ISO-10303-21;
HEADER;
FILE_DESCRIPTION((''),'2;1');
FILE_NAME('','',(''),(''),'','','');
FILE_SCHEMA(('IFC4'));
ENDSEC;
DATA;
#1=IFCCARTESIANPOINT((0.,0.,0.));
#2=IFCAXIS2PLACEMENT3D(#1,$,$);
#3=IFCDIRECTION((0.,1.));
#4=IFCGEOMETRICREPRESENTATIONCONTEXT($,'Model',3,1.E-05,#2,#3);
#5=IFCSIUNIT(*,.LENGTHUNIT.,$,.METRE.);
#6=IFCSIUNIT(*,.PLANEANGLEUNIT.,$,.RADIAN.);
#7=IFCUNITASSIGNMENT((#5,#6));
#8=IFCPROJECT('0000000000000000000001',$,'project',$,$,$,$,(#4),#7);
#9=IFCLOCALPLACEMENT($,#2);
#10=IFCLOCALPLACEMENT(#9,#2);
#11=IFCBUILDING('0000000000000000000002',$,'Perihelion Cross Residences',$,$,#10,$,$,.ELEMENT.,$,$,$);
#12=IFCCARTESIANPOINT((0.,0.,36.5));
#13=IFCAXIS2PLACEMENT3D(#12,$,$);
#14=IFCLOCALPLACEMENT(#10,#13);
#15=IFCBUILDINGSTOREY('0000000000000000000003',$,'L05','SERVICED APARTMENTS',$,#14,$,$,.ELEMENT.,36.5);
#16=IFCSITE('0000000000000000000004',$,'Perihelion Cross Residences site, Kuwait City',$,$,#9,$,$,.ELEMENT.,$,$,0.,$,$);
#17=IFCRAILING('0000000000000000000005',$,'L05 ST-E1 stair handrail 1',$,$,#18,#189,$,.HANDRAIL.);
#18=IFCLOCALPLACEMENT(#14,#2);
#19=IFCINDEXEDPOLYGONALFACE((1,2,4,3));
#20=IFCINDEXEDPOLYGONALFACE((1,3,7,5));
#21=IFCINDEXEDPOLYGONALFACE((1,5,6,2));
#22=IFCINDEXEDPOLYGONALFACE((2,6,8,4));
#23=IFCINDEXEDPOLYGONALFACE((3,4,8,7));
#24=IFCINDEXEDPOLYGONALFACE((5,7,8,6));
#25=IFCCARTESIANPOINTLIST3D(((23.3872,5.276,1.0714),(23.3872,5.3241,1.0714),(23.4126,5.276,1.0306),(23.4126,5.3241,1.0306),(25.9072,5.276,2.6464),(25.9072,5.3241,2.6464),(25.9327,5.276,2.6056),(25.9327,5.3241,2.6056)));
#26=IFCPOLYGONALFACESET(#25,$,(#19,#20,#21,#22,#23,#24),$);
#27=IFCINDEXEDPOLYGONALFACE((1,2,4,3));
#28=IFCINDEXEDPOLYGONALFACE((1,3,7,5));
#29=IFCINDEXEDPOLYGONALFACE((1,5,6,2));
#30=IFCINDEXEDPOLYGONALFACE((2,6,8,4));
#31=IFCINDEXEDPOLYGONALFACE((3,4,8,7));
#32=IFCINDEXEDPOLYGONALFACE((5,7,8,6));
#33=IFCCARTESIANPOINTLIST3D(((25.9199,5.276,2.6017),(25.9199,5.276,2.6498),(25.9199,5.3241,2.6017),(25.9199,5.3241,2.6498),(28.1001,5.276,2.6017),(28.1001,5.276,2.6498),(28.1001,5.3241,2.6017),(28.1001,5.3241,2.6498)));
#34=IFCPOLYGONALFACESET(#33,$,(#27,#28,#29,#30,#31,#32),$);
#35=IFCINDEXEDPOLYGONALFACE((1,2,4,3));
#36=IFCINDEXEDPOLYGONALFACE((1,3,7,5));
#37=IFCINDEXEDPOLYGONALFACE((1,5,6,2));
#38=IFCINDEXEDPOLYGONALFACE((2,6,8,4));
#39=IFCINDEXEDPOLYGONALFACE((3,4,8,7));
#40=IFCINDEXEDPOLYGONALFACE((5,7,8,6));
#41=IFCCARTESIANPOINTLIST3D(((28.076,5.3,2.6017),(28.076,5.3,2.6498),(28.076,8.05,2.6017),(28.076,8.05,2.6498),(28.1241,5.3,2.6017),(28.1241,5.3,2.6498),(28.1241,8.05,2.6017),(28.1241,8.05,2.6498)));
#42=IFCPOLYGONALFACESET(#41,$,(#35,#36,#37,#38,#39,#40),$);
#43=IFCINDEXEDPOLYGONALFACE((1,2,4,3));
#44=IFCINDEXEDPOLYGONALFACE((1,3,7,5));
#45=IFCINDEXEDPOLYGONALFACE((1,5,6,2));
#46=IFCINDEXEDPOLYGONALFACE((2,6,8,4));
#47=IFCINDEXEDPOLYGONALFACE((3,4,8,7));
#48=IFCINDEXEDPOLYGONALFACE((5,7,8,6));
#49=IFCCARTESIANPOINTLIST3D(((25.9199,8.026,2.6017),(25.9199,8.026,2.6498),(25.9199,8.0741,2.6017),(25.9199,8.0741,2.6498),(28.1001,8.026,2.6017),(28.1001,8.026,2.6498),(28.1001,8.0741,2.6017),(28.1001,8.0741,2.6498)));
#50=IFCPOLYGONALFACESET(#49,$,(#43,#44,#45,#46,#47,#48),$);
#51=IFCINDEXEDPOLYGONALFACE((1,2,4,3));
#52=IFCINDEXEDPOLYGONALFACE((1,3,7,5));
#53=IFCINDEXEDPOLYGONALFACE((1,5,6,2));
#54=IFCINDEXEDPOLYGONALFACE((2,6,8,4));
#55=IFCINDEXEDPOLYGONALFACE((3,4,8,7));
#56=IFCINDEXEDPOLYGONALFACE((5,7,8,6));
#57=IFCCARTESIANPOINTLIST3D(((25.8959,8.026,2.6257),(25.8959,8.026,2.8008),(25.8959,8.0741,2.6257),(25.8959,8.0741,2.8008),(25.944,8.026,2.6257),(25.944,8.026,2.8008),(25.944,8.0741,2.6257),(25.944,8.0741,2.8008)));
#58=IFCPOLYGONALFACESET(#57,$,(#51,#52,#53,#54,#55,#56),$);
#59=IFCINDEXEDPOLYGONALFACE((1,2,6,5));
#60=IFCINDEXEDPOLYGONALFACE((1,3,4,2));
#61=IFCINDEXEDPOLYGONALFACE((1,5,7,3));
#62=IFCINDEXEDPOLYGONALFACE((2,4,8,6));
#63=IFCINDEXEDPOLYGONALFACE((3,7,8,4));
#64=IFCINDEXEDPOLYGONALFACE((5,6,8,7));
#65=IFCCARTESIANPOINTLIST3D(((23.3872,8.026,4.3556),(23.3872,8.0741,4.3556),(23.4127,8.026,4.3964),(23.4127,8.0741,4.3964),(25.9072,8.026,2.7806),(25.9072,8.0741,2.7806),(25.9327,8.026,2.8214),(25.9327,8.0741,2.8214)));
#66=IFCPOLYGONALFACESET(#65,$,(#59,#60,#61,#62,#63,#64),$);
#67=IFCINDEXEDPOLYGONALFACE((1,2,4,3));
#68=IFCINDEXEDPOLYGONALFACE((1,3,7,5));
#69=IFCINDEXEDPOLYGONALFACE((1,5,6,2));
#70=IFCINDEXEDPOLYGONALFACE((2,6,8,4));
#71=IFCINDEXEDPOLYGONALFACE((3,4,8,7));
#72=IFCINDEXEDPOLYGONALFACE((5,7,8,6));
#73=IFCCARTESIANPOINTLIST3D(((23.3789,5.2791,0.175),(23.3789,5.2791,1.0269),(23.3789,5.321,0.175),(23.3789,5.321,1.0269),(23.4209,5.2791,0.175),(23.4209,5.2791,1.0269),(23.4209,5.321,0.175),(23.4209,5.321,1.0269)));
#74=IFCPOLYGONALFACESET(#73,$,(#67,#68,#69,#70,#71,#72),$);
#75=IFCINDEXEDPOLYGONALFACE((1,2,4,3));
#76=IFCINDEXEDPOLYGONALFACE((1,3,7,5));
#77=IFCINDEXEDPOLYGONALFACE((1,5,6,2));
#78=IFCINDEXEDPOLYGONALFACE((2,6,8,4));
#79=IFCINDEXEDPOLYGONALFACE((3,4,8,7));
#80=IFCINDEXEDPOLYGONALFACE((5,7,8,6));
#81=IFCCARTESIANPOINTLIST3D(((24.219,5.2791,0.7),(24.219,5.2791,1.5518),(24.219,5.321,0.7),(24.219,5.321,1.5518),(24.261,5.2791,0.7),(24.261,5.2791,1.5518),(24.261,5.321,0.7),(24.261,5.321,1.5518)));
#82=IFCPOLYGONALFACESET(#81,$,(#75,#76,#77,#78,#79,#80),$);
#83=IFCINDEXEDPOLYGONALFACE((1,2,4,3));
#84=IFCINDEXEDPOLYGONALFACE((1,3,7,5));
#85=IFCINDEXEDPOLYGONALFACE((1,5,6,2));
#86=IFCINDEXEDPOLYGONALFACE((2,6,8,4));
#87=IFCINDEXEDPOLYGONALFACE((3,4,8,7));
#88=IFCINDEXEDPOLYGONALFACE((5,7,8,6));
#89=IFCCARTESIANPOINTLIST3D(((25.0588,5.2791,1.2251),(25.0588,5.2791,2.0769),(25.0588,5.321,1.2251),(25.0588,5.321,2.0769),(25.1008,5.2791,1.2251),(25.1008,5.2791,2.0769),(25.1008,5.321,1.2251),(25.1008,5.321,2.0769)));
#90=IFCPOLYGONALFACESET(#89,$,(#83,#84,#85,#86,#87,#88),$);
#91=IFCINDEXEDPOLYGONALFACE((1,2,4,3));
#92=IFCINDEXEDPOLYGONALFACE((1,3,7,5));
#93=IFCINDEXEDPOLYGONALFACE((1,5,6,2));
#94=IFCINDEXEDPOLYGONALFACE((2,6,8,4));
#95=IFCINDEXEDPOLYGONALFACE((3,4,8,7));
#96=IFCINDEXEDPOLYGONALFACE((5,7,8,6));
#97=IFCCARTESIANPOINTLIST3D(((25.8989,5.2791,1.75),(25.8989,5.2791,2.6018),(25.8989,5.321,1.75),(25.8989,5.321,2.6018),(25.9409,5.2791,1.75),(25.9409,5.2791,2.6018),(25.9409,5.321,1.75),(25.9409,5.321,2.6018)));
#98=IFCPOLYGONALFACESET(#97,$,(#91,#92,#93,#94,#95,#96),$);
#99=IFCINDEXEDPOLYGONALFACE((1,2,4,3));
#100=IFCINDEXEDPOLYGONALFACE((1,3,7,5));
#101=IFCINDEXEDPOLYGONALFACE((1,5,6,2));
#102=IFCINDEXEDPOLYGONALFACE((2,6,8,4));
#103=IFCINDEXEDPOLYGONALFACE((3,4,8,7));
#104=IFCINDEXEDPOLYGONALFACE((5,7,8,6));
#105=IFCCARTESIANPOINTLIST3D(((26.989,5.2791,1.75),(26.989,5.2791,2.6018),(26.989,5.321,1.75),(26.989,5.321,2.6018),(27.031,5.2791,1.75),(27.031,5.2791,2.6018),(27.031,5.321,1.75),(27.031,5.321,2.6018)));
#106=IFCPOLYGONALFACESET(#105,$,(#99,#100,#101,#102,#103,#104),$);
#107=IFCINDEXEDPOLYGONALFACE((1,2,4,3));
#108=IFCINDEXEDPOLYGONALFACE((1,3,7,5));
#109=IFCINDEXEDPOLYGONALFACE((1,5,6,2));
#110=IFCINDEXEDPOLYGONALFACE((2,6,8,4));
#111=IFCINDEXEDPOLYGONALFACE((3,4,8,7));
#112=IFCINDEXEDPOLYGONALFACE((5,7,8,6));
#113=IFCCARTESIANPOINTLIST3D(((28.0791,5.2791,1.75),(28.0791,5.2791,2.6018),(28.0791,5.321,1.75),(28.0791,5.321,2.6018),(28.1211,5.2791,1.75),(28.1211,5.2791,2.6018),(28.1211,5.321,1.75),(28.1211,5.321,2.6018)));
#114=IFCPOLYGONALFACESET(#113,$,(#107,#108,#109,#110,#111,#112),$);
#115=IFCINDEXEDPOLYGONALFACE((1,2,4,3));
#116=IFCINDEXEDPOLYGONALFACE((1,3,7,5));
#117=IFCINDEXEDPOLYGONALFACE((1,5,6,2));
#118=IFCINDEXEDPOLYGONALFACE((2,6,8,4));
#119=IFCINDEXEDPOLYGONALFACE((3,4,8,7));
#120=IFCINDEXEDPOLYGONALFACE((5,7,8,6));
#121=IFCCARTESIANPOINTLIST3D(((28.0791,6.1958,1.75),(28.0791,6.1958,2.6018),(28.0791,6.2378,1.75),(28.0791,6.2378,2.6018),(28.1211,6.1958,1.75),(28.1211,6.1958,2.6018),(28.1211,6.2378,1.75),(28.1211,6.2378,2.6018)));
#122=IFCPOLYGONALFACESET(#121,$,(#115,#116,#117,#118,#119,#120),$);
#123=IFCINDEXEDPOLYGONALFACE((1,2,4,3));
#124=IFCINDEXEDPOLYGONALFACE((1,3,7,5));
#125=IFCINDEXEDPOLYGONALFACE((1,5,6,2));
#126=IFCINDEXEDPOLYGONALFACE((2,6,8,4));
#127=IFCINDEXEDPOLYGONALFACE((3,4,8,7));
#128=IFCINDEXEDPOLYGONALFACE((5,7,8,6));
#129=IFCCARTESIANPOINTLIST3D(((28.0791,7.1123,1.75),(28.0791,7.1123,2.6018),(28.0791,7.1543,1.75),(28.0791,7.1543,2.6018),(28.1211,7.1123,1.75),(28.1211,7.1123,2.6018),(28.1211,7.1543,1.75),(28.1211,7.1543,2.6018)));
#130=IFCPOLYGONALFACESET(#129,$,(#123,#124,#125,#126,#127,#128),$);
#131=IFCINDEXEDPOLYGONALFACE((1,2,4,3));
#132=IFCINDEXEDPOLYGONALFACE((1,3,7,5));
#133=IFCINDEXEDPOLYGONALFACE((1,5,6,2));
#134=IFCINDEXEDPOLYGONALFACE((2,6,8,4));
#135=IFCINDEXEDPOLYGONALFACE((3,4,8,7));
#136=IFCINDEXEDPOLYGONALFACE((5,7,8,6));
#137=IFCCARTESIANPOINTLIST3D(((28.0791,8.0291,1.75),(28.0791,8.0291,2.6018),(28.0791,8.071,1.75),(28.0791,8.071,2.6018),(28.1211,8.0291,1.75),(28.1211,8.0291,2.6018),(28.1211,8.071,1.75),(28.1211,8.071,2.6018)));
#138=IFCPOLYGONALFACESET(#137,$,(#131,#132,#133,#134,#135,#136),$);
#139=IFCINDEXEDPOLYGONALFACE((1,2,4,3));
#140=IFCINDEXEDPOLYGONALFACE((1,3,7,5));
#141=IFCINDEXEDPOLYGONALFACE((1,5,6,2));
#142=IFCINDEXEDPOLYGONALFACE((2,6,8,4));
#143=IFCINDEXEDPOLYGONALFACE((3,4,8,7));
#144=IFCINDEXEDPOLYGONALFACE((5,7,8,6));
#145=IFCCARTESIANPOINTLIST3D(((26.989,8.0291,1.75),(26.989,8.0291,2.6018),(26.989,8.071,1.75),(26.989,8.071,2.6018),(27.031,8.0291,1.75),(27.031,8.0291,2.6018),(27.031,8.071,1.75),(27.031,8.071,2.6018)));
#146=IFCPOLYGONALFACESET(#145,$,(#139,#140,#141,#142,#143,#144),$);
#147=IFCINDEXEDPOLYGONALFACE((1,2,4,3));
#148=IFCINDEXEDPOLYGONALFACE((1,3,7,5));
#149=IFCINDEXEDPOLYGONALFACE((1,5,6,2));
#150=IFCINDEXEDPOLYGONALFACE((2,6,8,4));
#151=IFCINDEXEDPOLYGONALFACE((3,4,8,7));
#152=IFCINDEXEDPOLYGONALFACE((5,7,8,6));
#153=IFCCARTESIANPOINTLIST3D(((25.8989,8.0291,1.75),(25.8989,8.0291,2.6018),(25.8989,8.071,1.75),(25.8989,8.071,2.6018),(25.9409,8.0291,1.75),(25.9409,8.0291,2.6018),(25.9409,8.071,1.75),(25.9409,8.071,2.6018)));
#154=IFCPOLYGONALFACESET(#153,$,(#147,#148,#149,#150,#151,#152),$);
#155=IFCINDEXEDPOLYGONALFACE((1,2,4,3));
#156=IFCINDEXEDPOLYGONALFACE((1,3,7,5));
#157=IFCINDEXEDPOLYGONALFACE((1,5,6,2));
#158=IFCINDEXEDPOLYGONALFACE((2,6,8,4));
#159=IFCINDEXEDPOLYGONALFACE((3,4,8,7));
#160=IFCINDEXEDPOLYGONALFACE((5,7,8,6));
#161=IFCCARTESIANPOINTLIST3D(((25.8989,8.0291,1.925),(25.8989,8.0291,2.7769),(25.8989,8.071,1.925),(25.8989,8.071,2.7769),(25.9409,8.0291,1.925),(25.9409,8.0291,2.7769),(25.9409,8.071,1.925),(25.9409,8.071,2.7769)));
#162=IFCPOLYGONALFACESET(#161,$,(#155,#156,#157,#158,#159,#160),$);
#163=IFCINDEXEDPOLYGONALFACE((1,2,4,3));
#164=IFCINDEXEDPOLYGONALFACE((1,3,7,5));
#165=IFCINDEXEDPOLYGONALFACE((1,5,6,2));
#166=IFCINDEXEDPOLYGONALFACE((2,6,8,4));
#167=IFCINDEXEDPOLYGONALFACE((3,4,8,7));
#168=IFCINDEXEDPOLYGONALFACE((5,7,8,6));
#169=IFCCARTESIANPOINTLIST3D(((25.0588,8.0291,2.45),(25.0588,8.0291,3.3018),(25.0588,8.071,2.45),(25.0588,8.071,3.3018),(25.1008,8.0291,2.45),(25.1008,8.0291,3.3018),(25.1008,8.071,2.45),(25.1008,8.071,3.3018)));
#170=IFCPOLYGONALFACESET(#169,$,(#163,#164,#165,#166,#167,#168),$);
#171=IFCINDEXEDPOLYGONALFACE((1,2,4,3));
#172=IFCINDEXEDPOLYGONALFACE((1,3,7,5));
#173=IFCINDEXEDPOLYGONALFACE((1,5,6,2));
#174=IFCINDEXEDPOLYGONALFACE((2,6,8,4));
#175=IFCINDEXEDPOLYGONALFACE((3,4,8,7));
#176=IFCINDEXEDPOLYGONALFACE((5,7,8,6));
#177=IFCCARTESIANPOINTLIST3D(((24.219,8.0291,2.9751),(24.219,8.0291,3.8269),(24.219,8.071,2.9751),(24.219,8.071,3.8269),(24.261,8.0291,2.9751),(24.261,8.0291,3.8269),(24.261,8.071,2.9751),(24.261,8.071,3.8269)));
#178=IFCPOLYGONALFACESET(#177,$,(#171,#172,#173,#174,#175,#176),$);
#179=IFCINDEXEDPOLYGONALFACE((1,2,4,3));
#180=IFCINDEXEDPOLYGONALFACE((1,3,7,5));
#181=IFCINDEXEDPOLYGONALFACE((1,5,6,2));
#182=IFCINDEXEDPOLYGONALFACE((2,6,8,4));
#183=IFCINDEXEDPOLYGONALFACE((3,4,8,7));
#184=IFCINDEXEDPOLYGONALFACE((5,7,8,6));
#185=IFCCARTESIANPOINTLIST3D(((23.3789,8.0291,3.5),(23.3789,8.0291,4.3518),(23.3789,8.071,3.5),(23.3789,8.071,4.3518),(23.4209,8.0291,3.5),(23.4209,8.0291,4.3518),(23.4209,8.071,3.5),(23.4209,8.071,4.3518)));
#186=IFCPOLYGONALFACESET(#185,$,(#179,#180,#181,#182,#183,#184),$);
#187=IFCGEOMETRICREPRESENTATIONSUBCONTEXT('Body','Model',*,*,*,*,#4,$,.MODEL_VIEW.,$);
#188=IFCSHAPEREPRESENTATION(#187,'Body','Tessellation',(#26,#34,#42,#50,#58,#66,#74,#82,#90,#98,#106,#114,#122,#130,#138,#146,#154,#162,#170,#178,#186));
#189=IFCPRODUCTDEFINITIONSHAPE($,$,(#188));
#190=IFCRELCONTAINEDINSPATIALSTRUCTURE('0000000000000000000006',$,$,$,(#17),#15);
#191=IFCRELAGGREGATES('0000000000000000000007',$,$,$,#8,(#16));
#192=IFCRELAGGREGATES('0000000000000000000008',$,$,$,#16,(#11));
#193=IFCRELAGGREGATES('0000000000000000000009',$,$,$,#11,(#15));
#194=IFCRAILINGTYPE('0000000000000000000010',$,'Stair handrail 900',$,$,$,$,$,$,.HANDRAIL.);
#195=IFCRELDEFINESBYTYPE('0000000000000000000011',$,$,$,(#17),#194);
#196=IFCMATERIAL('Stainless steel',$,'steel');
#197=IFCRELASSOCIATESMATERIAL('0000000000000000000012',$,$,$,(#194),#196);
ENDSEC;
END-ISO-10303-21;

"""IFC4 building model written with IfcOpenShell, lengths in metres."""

from ifc_helpers import new_model, si_unit, direction, frame, origin, origin_2d, place, context, subcontext, project, spatial, rectangle, extrude, material, type_object, element, save


model = new_model("IFC4")

# Units and contexts
model_context = context("Model", 3, precision=1e-05, world=origin(), true_north=direction((0.0, 1.0)))
body_context = subcontext(model_context, "Body", "Model", "MODEL_VIEW")
ifc_project = project(units=[si_unit("LENGTHUNIT", "METRE"), si_unit("PLANEANGLEUNIT", "RADIAN")], contexts=[model_context])

# Site, building, storey
site_placement = place(None, origin())
site = spatial("IfcSite", under=ifc_project, at=site_placement, Name="Perihelion Cross Residences site, Kuwait City", CompositionType="ELEMENT", RefElevation=0.0)
building_placement = place(site_placement, origin())
building = spatial("IfcBuilding", under=site, at=building_placement, Name="Perihelion Cross Residences", CompositionType="ELEMENT")
storey_placement = place(building_placement, frame((0.0, 0.0, 36.5)))
storey = spatial("IfcBuildingStorey", under=building, at=storey_placement, Name="L05", Description="SERVICED APARTMENTS", CompositionType="ELEMENT", Elevation=36.5)

# Railing
ifc_material_1 = material(Name="Stainless steel", Category="steel")
railing_type_1 = type_object("IfcRailingType", Name="Stair handrail 900", PredefinedType="HANDRAIL", material=ifc_material_1)
railing_1_placement = place(storey_placement, frame((23.3999, 5.3, 0.175)))
element("IfcRailing", 1, at=railing_1_placement, inside=storey, type_object=railing_type_1, Name="L05 ST-E1 stair handrail 1", PredefinedType="HANDRAIL", context=body_context, shape_type="SweptSolid", body=[
    extrude(rectangle(XDim=0.0481, YDim=0.0481, at=origin_2d()), frame((0.0, 0.0, 0.876), z_axis=(0.848008, 0.0, 0.529984), x_axis=(0.0, 1.0, 0.0)), (0.0, 0.0, 1.0), 2.9717),
    extrude(rectangle(XDim=0.0481, YDim=0.0481, at=origin_2d()), frame((2.52, 0.0, 2.4507), z_axis=(1.0, 0.0, 0.0), x_axis=(0.0, 1.0, 0.0)), (0.0, 0.0, 1.0), 2.1802),
    extrude(rectangle(XDim=0.0481, YDim=0.0481, at=origin_2d()), frame((4.7002, 0.0, 2.4507), z_axis=(0.0, 1.0, 0.0), x_axis=(-1.0, 0.0, 0.0)), (0.0, 0.0, 1.0), 2.75),
    extrude(rectangle(XDim=0.0481, YDim=0.0481, at=origin_2d()), frame((4.7002, 2.75, 2.4507), z_axis=(-1.0, 0.0, 0.0), x_axis=(0.0, -1.0, 0.0)), (0.0, 0.0, 1.0), 2.1802),
    extrude(rectangle(XDim=0.0481, YDim=0.0481, at=origin_2d()), frame((2.52, 2.75, 2.4507), z_axis=(0.0, 0.0, 1.0), x_axis=(1.0, 0.0, 0.0)), (0.0, 0.0, 1.0), 0.175),
    extrude(rectangle(XDim=0.0481, YDim=0.0481, at=origin_2d()), frame((2.52, 2.75, 2.626), z_axis=(-0.848008, 0.0, 0.529984), x_axis=(0.0, -1.0, 0.0)), (0.0, 0.0, 1.0), 2.9717),
    extrude(rectangle(XDim=0.042, YDim=0.042, at=origin_2d()), origin(), (0.0, 0.0, 1.0), 0.8518),
    extrude(rectangle(XDim=0.042, YDim=0.042, at=origin_2d()), frame((0.8401, 0.0, 0.5249)), (0.0, 0.0, 1.0), 0.8518),
    extrude(rectangle(XDim=0.042, YDim=0.042, at=origin_2d()), frame((1.6799, 0.0, 1.05)), (0.0, 0.0, 1.0), 0.8518),
    extrude(rectangle(XDim=0.042, YDim=0.042, at=origin_2d()), frame((2.52, 0.0, 1.575)), (0.0, 0.0, 1.0), 0.8518),
    extrude(rectangle(XDim=0.042, YDim=0.042, at=origin_2d()), frame((3.6101, 0.0, 1.575)), (0.0, 0.0, 1.0), 0.8518),
    extrude(rectangle(XDim=0.042, YDim=0.042, at=origin_2d()), frame((4.7002, 0.0, 1.575)), (0.0, 0.0, 1.0), 0.8518),
    extrude(rectangle(XDim=0.042, YDim=0.042, at=origin_2d()), frame((4.7002, 0.9167, 1.575)), (0.0, 0.0, 1.0), 0.8518),
    extrude(rectangle(XDim=0.042, YDim=0.042, at=origin_2d()), frame((4.7002, 1.8333, 1.575)), (0.0, 0.0, 1.0), 0.8518),
    extrude(rectangle(XDim=0.042, YDim=0.042, at=origin_2d()), frame((4.7002, 2.75, 1.575)), (0.0, 0.0, 1.0), 0.8518),
    extrude(rectangle(XDim=0.042, YDim=0.042, at=origin_2d()), frame((3.6101, 2.75, 1.575)), (0.0, 0.0, 1.0), 0.8518),
    extrude(rectangle(XDim=0.042, YDim=0.042, at=origin_2d()), frame((2.52, 2.75, 1.575)), (0.0, 0.0, 1.0), 0.8518),
    extrude(rectangle(XDim=0.042, YDim=0.042, at=origin_2d()), frame((2.52, 2.75, 1.75)), (0.0, 0.0, 1.0), 0.8518),
    extrude(rectangle(XDim=0.042, YDim=0.042, at=origin_2d()), frame((1.6799, 2.75, 2.2749)), (0.0, 0.0, 1.0), 0.8518),
    extrude(rectangle(XDim=0.042, YDim=0.042, at=origin_2d()), frame((0.8401, 2.75, 2.8)), (0.0, 0.0, 1.0), 0.8518),
    extrude(rectangle(XDim=0.042, YDim=0.042, at=origin_2d()), frame((0.0, 2.75, 3.325)), (0.0, 0.0, 1.0), 0.8518),
])

save(model, "model.ifc")
